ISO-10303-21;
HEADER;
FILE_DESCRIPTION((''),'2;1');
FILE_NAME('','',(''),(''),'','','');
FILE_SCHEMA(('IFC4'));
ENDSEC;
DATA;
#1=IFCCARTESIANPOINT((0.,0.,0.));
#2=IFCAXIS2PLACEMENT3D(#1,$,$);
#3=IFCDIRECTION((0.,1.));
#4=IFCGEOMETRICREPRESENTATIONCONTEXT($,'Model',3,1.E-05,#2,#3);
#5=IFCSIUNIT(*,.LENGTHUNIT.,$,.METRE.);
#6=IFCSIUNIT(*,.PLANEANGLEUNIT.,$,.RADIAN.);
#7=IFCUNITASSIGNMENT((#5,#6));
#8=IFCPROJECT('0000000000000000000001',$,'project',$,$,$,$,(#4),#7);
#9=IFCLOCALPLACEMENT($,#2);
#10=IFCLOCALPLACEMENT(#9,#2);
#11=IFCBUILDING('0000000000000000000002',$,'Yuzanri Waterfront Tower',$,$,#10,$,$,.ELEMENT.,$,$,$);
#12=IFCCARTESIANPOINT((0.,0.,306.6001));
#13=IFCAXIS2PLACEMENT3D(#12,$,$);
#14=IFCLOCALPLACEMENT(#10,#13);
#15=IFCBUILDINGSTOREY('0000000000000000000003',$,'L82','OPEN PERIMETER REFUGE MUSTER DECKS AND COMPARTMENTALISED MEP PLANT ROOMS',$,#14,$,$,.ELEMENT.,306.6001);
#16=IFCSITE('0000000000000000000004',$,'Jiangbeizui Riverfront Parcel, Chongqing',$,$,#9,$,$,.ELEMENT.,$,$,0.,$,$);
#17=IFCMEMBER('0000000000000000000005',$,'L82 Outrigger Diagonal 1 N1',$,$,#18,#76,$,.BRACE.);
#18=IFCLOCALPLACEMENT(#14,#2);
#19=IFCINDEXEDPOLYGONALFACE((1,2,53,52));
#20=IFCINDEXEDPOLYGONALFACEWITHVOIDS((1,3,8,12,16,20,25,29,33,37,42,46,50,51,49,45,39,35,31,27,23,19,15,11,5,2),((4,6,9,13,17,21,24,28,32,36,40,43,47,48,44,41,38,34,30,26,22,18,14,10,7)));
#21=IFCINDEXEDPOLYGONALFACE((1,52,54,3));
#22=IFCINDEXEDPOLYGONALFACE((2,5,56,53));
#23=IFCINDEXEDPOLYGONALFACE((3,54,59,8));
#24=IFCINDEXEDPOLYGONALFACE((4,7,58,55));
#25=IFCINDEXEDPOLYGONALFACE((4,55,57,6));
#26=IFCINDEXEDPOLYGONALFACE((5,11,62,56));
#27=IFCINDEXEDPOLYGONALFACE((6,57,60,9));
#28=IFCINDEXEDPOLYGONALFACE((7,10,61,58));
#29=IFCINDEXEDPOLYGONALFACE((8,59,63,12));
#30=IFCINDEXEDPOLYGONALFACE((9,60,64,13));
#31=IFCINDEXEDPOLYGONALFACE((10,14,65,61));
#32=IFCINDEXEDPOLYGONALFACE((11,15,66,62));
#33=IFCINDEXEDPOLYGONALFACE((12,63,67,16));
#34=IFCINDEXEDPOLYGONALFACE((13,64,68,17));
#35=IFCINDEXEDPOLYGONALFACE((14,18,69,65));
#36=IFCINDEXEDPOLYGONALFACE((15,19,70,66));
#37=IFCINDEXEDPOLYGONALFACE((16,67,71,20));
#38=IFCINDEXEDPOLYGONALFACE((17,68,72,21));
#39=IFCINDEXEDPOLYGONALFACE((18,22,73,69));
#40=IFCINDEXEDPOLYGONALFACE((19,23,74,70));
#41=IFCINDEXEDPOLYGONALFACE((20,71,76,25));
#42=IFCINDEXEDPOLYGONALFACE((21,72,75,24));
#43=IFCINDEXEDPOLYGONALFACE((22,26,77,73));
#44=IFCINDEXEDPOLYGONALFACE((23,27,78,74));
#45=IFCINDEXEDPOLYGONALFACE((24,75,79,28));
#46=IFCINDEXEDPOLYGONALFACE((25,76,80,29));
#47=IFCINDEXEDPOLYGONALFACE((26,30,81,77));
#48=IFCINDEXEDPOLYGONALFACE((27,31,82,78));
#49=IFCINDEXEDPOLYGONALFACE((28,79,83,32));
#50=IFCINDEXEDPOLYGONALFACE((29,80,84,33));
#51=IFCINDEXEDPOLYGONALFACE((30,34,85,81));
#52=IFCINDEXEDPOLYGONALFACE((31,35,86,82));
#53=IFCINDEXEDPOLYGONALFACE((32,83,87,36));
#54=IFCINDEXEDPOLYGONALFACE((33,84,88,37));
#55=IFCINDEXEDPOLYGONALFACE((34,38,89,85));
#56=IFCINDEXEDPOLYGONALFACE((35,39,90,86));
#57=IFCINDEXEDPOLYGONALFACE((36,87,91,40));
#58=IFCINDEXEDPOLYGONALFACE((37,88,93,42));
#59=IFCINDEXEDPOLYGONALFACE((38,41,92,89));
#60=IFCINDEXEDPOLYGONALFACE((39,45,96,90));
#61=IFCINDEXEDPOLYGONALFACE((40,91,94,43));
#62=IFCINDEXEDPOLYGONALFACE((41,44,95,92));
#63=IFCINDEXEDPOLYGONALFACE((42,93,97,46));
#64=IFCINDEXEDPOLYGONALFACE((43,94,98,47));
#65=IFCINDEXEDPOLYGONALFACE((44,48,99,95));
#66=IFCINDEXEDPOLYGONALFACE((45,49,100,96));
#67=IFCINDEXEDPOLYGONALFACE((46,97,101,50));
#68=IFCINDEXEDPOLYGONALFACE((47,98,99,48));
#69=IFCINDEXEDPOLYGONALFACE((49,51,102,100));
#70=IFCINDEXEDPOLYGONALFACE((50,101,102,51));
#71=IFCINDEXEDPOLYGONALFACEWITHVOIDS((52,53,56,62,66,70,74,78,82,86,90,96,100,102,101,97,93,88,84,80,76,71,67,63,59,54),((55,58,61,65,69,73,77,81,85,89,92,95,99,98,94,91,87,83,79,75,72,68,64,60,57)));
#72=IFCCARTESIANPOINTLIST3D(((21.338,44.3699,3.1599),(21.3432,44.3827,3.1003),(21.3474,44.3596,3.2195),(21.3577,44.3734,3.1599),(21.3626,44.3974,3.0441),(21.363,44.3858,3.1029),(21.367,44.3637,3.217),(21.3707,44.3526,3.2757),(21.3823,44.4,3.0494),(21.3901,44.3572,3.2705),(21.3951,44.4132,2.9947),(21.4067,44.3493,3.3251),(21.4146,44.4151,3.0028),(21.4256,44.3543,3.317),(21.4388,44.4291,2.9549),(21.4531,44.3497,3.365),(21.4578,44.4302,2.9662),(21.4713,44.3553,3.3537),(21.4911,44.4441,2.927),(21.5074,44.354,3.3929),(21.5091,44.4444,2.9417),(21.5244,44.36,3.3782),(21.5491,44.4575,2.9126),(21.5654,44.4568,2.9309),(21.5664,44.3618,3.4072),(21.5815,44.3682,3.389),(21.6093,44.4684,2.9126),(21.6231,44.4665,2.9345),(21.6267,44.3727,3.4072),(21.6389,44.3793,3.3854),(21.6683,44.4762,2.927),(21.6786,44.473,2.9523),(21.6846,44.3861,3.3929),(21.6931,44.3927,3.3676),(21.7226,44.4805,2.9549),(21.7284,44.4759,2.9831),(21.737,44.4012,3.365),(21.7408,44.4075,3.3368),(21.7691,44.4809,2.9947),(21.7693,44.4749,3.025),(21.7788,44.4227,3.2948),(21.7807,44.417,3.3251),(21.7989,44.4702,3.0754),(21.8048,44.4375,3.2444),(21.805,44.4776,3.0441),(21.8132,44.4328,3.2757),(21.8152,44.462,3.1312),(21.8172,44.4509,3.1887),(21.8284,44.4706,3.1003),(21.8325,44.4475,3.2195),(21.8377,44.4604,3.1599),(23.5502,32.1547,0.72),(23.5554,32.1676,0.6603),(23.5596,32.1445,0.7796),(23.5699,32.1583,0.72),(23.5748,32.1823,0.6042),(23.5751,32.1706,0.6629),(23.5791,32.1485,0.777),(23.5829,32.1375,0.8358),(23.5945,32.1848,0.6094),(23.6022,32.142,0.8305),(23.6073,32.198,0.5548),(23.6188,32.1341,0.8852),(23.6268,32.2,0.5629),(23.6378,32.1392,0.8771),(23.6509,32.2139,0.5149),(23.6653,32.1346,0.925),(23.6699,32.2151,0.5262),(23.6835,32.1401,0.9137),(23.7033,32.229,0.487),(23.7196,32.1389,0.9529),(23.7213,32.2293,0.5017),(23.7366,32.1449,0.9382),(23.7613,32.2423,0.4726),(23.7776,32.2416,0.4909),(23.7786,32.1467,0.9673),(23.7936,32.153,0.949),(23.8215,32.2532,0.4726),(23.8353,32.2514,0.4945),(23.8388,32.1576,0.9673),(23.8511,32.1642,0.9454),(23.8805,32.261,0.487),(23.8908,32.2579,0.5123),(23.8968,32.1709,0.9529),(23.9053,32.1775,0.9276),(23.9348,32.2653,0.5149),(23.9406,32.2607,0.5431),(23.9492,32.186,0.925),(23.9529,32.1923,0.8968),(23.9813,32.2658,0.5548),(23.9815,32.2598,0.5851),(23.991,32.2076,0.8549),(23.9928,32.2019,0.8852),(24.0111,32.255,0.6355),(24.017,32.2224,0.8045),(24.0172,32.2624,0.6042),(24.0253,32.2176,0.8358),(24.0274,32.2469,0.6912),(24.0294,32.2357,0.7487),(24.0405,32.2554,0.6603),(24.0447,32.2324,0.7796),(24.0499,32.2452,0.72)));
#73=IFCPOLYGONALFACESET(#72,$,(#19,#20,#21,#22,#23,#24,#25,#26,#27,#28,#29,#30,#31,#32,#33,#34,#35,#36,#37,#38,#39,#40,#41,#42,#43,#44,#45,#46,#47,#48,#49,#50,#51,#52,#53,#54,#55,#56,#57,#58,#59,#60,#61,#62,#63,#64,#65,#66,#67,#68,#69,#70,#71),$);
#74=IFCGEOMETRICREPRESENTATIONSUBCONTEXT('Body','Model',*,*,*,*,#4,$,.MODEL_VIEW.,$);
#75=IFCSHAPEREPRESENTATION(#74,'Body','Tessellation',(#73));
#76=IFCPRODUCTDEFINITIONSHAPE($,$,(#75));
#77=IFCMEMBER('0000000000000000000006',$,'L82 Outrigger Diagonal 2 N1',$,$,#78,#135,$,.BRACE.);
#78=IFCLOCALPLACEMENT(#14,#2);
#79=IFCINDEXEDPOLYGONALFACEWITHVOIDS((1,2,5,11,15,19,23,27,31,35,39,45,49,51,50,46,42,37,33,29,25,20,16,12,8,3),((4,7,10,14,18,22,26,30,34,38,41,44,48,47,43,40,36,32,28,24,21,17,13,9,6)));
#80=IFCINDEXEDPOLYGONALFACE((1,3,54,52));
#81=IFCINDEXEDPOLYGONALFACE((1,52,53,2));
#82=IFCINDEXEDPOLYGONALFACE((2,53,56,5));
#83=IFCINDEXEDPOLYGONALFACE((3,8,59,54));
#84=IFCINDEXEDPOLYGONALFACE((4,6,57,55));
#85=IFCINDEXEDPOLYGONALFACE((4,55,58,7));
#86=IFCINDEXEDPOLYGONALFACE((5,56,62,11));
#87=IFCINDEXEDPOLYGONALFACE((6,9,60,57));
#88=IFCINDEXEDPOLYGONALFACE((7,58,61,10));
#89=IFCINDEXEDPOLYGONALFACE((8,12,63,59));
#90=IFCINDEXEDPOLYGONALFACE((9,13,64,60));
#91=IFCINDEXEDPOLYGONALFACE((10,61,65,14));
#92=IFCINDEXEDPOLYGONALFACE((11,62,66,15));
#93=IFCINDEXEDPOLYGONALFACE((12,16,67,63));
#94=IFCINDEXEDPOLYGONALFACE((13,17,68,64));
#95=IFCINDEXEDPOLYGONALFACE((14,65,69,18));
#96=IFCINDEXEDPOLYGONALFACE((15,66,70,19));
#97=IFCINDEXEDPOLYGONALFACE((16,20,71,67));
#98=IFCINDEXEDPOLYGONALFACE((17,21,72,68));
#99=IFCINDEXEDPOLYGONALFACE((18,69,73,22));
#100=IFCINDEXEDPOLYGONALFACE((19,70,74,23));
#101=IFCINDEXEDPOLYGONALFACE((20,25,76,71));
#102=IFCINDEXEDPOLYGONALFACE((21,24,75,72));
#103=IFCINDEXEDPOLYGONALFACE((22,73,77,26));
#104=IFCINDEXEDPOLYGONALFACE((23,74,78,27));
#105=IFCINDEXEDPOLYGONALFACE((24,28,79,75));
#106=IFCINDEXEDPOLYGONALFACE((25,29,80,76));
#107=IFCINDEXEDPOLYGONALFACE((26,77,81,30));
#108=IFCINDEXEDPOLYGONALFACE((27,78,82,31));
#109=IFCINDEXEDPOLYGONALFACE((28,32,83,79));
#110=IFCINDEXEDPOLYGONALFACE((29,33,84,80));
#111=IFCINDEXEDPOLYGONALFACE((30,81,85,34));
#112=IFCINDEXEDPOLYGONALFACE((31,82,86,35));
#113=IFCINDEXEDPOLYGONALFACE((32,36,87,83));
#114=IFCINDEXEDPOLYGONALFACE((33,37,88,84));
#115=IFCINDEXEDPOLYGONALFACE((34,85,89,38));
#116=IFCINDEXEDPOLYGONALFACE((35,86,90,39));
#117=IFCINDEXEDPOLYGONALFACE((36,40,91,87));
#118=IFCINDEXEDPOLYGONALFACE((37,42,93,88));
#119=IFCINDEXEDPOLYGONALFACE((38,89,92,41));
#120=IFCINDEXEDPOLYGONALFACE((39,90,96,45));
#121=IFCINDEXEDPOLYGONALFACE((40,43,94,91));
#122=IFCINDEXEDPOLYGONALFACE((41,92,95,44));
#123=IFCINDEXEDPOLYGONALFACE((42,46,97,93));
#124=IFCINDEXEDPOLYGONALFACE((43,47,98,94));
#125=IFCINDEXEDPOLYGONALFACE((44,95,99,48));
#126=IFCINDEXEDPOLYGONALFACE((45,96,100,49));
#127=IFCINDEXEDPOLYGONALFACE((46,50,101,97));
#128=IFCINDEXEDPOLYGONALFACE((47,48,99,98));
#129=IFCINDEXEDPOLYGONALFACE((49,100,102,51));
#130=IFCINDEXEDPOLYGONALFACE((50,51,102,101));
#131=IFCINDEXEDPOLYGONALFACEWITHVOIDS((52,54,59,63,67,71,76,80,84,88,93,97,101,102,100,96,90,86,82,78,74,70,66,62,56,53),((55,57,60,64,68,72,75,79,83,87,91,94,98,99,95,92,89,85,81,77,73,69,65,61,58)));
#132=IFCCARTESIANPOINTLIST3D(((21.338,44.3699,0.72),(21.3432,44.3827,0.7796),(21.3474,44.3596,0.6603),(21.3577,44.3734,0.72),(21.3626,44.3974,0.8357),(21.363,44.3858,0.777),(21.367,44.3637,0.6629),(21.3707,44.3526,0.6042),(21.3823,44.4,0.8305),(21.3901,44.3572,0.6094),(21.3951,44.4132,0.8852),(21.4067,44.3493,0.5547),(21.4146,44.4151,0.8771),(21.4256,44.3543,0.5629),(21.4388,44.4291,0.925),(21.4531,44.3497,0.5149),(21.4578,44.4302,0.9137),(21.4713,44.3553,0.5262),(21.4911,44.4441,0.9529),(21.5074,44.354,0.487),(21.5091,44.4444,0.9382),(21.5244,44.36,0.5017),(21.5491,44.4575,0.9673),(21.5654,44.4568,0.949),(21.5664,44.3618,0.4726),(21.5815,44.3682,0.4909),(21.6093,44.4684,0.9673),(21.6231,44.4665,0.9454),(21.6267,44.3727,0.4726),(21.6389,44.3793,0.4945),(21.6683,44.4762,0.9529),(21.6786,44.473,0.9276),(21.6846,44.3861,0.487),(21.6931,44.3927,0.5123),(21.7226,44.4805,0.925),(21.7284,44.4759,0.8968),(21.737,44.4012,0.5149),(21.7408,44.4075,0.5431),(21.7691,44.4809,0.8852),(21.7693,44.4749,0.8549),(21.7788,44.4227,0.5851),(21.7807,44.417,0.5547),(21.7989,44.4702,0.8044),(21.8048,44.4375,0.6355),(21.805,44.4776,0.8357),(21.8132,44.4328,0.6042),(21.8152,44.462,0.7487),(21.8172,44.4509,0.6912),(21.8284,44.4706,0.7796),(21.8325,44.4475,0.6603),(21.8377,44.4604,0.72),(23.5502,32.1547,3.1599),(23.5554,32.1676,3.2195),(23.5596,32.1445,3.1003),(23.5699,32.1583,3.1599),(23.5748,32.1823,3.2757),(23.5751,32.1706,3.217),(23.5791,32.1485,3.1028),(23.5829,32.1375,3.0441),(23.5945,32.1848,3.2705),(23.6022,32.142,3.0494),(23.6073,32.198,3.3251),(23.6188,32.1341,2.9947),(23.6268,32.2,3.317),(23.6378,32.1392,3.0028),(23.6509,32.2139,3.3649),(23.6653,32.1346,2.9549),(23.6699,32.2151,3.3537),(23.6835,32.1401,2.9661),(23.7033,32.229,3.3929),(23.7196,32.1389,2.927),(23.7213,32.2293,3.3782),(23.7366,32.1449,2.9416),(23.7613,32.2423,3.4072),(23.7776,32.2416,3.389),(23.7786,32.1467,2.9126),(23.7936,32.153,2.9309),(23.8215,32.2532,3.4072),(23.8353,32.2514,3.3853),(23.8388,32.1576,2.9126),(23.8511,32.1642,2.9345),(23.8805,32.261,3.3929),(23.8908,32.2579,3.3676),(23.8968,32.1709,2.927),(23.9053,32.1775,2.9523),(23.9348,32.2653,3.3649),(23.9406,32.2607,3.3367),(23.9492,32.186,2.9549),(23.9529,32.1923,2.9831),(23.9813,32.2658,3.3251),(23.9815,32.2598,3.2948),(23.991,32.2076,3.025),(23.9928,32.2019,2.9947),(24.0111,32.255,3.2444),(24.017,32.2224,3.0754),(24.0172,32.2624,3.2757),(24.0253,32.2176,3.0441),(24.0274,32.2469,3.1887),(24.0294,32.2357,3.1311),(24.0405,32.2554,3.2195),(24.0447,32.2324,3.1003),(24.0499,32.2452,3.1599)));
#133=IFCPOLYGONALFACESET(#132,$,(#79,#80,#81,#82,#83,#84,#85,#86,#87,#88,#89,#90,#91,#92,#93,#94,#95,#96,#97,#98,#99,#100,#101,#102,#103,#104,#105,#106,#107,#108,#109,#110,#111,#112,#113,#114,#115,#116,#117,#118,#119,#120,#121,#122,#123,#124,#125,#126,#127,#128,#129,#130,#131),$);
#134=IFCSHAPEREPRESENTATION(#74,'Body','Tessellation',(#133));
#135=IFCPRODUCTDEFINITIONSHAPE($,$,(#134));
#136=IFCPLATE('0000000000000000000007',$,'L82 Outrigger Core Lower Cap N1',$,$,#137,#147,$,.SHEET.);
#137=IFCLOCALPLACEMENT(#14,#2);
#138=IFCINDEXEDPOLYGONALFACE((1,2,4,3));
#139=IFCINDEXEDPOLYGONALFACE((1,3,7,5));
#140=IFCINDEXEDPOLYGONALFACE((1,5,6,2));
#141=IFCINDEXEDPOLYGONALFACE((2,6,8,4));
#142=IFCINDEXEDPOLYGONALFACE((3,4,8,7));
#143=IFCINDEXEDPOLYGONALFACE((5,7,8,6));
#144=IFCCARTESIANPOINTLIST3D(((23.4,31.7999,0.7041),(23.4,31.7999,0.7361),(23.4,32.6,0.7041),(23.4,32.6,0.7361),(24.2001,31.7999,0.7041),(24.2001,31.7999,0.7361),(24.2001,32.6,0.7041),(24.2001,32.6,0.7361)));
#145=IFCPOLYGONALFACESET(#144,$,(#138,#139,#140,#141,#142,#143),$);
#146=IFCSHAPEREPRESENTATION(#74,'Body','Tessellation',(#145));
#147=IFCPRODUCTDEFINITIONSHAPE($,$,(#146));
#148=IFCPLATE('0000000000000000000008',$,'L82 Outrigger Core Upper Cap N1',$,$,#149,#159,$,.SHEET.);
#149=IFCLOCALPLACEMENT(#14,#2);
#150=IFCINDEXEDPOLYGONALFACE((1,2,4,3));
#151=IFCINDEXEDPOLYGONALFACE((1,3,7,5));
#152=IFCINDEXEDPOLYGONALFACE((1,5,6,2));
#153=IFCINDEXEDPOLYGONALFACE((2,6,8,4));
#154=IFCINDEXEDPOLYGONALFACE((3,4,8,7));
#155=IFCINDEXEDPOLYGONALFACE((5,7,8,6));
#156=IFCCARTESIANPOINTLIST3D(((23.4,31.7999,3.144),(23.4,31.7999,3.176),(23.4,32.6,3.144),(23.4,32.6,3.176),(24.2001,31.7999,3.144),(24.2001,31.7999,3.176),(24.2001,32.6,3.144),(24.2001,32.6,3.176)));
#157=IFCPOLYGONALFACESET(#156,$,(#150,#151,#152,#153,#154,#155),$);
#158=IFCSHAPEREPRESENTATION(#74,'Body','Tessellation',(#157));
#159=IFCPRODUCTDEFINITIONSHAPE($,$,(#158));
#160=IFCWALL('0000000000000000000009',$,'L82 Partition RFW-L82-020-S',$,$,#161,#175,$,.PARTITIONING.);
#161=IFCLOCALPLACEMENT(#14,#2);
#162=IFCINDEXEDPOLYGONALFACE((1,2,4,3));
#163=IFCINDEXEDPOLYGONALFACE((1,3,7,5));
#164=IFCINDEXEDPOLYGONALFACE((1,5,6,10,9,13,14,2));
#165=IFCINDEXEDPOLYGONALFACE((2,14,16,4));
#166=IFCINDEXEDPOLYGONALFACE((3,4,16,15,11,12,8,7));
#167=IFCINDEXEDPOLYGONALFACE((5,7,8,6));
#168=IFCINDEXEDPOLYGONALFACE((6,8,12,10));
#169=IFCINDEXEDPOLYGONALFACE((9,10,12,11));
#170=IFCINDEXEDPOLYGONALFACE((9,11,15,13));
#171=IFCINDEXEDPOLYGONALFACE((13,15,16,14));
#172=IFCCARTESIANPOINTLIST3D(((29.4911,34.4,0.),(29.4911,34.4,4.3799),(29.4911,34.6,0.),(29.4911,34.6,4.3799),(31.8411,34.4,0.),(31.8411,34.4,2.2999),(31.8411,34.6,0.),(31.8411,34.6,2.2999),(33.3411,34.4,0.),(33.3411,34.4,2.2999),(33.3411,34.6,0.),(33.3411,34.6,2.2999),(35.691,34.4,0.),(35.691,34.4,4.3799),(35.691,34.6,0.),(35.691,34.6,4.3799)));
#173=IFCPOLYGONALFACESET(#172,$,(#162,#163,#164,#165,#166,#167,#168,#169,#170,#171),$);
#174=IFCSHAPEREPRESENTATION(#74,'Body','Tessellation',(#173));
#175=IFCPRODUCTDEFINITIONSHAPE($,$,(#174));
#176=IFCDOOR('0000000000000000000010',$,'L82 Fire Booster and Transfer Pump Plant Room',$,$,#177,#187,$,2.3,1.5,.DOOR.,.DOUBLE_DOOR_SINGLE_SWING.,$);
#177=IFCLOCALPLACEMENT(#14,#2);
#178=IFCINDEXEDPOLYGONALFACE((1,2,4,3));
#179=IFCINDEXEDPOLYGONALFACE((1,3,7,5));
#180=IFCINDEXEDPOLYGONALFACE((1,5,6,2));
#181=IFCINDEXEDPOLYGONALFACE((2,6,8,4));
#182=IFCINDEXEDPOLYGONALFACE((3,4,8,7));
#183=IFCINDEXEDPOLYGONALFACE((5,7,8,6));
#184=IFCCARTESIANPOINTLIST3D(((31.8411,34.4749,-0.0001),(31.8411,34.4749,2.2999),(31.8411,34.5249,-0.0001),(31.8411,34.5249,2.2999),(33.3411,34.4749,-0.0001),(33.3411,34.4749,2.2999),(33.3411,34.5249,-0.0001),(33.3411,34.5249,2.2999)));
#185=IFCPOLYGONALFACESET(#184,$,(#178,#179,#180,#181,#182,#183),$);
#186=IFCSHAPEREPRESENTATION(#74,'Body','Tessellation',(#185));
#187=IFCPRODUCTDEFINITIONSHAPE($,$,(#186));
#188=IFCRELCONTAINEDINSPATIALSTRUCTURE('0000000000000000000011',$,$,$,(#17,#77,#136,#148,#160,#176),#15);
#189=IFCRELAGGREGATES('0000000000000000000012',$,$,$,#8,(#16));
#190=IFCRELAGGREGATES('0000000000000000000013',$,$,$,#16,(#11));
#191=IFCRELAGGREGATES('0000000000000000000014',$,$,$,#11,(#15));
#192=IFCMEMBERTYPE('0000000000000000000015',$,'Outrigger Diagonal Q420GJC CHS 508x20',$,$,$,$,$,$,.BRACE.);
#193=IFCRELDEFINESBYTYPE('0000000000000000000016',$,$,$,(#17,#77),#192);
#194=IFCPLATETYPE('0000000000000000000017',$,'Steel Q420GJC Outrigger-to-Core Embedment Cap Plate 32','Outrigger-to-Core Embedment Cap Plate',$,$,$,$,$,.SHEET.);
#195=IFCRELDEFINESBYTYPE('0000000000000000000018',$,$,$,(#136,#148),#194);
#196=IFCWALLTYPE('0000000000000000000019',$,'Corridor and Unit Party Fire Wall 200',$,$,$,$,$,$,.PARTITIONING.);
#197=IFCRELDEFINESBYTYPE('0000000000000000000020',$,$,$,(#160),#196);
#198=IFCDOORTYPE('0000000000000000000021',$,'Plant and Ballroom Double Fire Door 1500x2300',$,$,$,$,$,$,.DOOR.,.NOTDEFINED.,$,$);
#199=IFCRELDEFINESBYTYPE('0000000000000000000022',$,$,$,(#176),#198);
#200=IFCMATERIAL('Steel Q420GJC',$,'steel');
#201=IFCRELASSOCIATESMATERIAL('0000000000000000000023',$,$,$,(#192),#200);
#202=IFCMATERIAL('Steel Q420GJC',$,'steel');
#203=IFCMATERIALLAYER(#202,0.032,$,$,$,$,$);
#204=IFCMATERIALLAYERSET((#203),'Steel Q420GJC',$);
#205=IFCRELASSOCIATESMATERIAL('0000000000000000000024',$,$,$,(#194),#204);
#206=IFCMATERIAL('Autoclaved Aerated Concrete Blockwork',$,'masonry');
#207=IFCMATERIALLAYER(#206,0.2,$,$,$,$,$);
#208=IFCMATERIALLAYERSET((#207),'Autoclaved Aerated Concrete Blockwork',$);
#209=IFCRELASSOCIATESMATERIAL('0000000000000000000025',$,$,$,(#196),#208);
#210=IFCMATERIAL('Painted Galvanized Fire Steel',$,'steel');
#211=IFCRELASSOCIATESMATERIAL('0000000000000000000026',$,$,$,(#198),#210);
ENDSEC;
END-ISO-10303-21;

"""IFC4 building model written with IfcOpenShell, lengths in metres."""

from ifc_helpers import new_model, si_unit, direction, frame, frame_2d, origin, origin_2d, place, context, subcontext, project, spatial, rectangle, hollow_circle, extrude, source, transform, mapped, material, layer, layer_set, material_profile, profile_set, type_object, element, fill, save


model = new_model("IFC4")

# Units and contexts
model_context = context("Model", 3, precision=1e-05, world=origin(), true_north=direction((0.0, 1.0)))
body_context = subcontext(model_context, "Body", "Model", "MODEL_VIEW")
ifc_project = project(units=[si_unit("LENGTHUNIT", "METRE"), si_unit("PLANEANGLEUNIT", "RADIAN")], contexts=[model_context])

# Site, building, storey
site_placement = place(None, origin())
site = spatial("IfcSite", under=ifc_project, at=site_placement, Name="Jiangbeizui Riverfront Parcel, Chongqing", CompositionType="ELEMENT", RefElevation=0.0)
building_placement = place(site_placement, origin())
building = spatial("IfcBuilding", under=site, at=building_placement, Name="Yuzanri Waterfront Tower", CompositionType="ELEMENT")
storey_placement = place(building_placement, frame((0.0, 0.0, 306.6001)))
storey = spatial("IfcBuildingStorey", under=building, at=storey_placement, Name="L82", Description="OPEN PERIMETER REFUGE MUSTER DECKS AND COMPARTMENTALISED MEP PLANT ROOMS", CompositionType="ELEMENT", Elevation=306.6001)

# Members
ifc_material_1 = material(Name="Steel Q420GJC", Category="steel")
ifc_material_profile_1 = material_profile(ifc_material_1, hollow_circle(Radius=0.2539, WallThickness=0.02, at=origin_2d()), Name="CHS 508x20")
ifc_profile_set_1 = profile_set([ifc_material_profile_1], Name="Steel Q420GJC")
member_type_1 = type_object("IfcMemberType", Name="Outrigger Diagonal Q420GJC CHS 508x20", PredefinedType="BRACE", material=ifc_profile_set_1)
shared_shape_1 = source(origin(), body_context, "Body", "SweptSolid", [
    extrude(hollow_circle(Radius=0.2539, WallThickness=0.02, at=origin_2d()), origin(), (0.0, 0.0, 1.0), 12.6514),
])
for number, where, z_axis, x_axis, name in (
    (1, (23.8, 32.2, 0.72), (-0.174856, 0.965521, 0.192861), (-0.983994, -0.178202, 0.0), "L82 Outrigger Diagonal 1 N1"),
    (2, (23.8, 32.2, 3.1599), (-0.174856, 0.965521, -0.192861), (-0.983994, -0.178202, 0.0), "L82 Outrigger Diagonal 2 N1"),
):
    element("IfcMember", number, at=place(storey_placement, frame(where, z_axis=z_axis, x_axis=x_axis)), inside=storey, type_object=member_type_1, Name=name, PredefinedType="BRACE", context=body_context, shape_type="MappedRepresentation", body=[
        mapped(shared_shape_1, transform((0.0, 0.0, 0.0), scale=1.0)),
    ])

# Plates
ifc_material_2 = material(Name="Steel Q420GJC", Category="steel")
ifc_layer_1 = layer(ifc_material_2, 0.032)
ifc_layer_set_1 = layer_set([ifc_layer_1], Name="Steel Q420GJC")
plate_type = type_object("IfcPlateType", Name="Steel Q420GJC Outrigger-to-Core Embedment Cap Plate 32", Description="Outrigger-to-Core Embedment Cap Plate", PredefinedType="SHEET", material=ifc_layer_set_1)
shared_shape_2 = source(origin(), body_context, "Body", "SweptSolid", [
    extrude(rectangle(XDim=0.8, YDim=0.8, at=origin_2d()), origin(), (0.0, 0.0, 1.0), 0.032),
])
for number, where, z_axis, x_axis, name in (
    (3, (23.8, 32.2, 0.7041), (0.0, 0.0, 1.0), (1.0, 0.0, 0.0), "L82 Outrigger Core Lower Cap N1"),
    (4, (23.8, 32.2, 3.144), (0.0, 0.0, 1.0), (1.0, 0.0, 0.0), "L82 Outrigger Core Upper Cap N1"),
):
    element("IfcPlate", number, at=place(storey_placement, frame(where, z_axis=z_axis, x_axis=x_axis)), inside=storey, type_object=plate_type, Name=name, PredefinedType="SHEET", context=body_context, shape_type="MappedRepresentation", body=[
        mapped(shared_shape_2, transform((0.0, 0.0, 0.0), scale=1.0)),
    ])

# Wall, opening, door
ifc_material_3 = material(Name="Autoclaved Aerated Concrete Blockwork", Category="masonry")
ifc_layer_2 = layer(ifc_material_3, 0.2)
ifc_layer_set_2 = layer_set([ifc_layer_2], Name="Autoclaved Aerated Concrete Blockwork")
wall_type = type_object("IfcWallType", Name="Corridor and Unit Party Fire Wall 200", PredefinedType="PARTITIONING", material=ifc_layer_set_2)
wall_1_placement = place(storey_placement, frame((29.491, 34.5, 0.0), z_axis=(0.0, 0.0, 1.0), x_axis=(1.0, 0.0, 0.0)))
wall_1 = element("IfcWall", 5, at=wall_1_placement, inside=storey, type_object=wall_type, Name="L82 Partition RFW-L82-020-S", PredefinedType="PARTITIONING", context=body_context, shape_type="SweptSolid", body=[
    extrude(rectangle(XDim=6.2, YDim=0.2, at=frame_2d((3.1001, 0.0))), origin(), (0.0, 0.0, 1.0), 4.3799),
])
opening_1_placement = place(wall_1_placement, frame((2.3501, 0.0, 0.0)))
opening_1 = element("IfcOpeningElement", 6, at=opening_1_placement, cuts=wall_1, PredefinedType="OPENING", context=body_context, shape_type="SweptSolid", body=[
    extrude(rectangle(XDim=1.5, YDim=2.3, at=frame_2d((0.75, 1.1499))), frame((0.0, 0.1147, 0.0), z_axis=(0.0, -1.0, 0.0), x_axis=(1.0, 0.0, 0.0)), (0.0, 0.0, 1.0), 0.2297),
])
ifc_material_4 = material(Name="Painted Galvanized Fire Steel", Category="steel")
door_type = type_object("IfcDoorType", Name="Plant and Ballroom Double Fire Door 1500x2300", OperationType="NOTDEFINED", PredefinedType="DOOR", material=ifc_material_4)
shared_shape_3 = source(origin(), body_context, "Body", "SweptSolid", [
    extrude(rectangle(XDim=1.5, YDim=2.3, at=frame_2d((0.75, 1.1499))), frame((0.0, 0.0249, 0.0), z_axis=(0.0, -1.0, 0.0), x_axis=(1.0, 0.0, 0.0)), (0.0, 0.0, 1.0), 0.05),
])
door_1_placement = place(opening_1_placement, origin())
door_1 = element("IfcDoor", 7, at=door_1_placement, inside=storey, type_object=door_type, Name="L82 Fire Booster and Transfer Pump Plant Room", OperationType="DOUBLE_DOOR_SINGLE_SWING", OverallHeight=2.3, OverallWidth=1.5, PredefinedType="DOOR", context=body_context, shape_type="MappedRepresentation", body=[
    mapped(shared_shape_3, transform((0.0, 0.0, 0.0), scale=1.0)),
])
fill(opening_1, door_1)

save(model, "model.ifc")
